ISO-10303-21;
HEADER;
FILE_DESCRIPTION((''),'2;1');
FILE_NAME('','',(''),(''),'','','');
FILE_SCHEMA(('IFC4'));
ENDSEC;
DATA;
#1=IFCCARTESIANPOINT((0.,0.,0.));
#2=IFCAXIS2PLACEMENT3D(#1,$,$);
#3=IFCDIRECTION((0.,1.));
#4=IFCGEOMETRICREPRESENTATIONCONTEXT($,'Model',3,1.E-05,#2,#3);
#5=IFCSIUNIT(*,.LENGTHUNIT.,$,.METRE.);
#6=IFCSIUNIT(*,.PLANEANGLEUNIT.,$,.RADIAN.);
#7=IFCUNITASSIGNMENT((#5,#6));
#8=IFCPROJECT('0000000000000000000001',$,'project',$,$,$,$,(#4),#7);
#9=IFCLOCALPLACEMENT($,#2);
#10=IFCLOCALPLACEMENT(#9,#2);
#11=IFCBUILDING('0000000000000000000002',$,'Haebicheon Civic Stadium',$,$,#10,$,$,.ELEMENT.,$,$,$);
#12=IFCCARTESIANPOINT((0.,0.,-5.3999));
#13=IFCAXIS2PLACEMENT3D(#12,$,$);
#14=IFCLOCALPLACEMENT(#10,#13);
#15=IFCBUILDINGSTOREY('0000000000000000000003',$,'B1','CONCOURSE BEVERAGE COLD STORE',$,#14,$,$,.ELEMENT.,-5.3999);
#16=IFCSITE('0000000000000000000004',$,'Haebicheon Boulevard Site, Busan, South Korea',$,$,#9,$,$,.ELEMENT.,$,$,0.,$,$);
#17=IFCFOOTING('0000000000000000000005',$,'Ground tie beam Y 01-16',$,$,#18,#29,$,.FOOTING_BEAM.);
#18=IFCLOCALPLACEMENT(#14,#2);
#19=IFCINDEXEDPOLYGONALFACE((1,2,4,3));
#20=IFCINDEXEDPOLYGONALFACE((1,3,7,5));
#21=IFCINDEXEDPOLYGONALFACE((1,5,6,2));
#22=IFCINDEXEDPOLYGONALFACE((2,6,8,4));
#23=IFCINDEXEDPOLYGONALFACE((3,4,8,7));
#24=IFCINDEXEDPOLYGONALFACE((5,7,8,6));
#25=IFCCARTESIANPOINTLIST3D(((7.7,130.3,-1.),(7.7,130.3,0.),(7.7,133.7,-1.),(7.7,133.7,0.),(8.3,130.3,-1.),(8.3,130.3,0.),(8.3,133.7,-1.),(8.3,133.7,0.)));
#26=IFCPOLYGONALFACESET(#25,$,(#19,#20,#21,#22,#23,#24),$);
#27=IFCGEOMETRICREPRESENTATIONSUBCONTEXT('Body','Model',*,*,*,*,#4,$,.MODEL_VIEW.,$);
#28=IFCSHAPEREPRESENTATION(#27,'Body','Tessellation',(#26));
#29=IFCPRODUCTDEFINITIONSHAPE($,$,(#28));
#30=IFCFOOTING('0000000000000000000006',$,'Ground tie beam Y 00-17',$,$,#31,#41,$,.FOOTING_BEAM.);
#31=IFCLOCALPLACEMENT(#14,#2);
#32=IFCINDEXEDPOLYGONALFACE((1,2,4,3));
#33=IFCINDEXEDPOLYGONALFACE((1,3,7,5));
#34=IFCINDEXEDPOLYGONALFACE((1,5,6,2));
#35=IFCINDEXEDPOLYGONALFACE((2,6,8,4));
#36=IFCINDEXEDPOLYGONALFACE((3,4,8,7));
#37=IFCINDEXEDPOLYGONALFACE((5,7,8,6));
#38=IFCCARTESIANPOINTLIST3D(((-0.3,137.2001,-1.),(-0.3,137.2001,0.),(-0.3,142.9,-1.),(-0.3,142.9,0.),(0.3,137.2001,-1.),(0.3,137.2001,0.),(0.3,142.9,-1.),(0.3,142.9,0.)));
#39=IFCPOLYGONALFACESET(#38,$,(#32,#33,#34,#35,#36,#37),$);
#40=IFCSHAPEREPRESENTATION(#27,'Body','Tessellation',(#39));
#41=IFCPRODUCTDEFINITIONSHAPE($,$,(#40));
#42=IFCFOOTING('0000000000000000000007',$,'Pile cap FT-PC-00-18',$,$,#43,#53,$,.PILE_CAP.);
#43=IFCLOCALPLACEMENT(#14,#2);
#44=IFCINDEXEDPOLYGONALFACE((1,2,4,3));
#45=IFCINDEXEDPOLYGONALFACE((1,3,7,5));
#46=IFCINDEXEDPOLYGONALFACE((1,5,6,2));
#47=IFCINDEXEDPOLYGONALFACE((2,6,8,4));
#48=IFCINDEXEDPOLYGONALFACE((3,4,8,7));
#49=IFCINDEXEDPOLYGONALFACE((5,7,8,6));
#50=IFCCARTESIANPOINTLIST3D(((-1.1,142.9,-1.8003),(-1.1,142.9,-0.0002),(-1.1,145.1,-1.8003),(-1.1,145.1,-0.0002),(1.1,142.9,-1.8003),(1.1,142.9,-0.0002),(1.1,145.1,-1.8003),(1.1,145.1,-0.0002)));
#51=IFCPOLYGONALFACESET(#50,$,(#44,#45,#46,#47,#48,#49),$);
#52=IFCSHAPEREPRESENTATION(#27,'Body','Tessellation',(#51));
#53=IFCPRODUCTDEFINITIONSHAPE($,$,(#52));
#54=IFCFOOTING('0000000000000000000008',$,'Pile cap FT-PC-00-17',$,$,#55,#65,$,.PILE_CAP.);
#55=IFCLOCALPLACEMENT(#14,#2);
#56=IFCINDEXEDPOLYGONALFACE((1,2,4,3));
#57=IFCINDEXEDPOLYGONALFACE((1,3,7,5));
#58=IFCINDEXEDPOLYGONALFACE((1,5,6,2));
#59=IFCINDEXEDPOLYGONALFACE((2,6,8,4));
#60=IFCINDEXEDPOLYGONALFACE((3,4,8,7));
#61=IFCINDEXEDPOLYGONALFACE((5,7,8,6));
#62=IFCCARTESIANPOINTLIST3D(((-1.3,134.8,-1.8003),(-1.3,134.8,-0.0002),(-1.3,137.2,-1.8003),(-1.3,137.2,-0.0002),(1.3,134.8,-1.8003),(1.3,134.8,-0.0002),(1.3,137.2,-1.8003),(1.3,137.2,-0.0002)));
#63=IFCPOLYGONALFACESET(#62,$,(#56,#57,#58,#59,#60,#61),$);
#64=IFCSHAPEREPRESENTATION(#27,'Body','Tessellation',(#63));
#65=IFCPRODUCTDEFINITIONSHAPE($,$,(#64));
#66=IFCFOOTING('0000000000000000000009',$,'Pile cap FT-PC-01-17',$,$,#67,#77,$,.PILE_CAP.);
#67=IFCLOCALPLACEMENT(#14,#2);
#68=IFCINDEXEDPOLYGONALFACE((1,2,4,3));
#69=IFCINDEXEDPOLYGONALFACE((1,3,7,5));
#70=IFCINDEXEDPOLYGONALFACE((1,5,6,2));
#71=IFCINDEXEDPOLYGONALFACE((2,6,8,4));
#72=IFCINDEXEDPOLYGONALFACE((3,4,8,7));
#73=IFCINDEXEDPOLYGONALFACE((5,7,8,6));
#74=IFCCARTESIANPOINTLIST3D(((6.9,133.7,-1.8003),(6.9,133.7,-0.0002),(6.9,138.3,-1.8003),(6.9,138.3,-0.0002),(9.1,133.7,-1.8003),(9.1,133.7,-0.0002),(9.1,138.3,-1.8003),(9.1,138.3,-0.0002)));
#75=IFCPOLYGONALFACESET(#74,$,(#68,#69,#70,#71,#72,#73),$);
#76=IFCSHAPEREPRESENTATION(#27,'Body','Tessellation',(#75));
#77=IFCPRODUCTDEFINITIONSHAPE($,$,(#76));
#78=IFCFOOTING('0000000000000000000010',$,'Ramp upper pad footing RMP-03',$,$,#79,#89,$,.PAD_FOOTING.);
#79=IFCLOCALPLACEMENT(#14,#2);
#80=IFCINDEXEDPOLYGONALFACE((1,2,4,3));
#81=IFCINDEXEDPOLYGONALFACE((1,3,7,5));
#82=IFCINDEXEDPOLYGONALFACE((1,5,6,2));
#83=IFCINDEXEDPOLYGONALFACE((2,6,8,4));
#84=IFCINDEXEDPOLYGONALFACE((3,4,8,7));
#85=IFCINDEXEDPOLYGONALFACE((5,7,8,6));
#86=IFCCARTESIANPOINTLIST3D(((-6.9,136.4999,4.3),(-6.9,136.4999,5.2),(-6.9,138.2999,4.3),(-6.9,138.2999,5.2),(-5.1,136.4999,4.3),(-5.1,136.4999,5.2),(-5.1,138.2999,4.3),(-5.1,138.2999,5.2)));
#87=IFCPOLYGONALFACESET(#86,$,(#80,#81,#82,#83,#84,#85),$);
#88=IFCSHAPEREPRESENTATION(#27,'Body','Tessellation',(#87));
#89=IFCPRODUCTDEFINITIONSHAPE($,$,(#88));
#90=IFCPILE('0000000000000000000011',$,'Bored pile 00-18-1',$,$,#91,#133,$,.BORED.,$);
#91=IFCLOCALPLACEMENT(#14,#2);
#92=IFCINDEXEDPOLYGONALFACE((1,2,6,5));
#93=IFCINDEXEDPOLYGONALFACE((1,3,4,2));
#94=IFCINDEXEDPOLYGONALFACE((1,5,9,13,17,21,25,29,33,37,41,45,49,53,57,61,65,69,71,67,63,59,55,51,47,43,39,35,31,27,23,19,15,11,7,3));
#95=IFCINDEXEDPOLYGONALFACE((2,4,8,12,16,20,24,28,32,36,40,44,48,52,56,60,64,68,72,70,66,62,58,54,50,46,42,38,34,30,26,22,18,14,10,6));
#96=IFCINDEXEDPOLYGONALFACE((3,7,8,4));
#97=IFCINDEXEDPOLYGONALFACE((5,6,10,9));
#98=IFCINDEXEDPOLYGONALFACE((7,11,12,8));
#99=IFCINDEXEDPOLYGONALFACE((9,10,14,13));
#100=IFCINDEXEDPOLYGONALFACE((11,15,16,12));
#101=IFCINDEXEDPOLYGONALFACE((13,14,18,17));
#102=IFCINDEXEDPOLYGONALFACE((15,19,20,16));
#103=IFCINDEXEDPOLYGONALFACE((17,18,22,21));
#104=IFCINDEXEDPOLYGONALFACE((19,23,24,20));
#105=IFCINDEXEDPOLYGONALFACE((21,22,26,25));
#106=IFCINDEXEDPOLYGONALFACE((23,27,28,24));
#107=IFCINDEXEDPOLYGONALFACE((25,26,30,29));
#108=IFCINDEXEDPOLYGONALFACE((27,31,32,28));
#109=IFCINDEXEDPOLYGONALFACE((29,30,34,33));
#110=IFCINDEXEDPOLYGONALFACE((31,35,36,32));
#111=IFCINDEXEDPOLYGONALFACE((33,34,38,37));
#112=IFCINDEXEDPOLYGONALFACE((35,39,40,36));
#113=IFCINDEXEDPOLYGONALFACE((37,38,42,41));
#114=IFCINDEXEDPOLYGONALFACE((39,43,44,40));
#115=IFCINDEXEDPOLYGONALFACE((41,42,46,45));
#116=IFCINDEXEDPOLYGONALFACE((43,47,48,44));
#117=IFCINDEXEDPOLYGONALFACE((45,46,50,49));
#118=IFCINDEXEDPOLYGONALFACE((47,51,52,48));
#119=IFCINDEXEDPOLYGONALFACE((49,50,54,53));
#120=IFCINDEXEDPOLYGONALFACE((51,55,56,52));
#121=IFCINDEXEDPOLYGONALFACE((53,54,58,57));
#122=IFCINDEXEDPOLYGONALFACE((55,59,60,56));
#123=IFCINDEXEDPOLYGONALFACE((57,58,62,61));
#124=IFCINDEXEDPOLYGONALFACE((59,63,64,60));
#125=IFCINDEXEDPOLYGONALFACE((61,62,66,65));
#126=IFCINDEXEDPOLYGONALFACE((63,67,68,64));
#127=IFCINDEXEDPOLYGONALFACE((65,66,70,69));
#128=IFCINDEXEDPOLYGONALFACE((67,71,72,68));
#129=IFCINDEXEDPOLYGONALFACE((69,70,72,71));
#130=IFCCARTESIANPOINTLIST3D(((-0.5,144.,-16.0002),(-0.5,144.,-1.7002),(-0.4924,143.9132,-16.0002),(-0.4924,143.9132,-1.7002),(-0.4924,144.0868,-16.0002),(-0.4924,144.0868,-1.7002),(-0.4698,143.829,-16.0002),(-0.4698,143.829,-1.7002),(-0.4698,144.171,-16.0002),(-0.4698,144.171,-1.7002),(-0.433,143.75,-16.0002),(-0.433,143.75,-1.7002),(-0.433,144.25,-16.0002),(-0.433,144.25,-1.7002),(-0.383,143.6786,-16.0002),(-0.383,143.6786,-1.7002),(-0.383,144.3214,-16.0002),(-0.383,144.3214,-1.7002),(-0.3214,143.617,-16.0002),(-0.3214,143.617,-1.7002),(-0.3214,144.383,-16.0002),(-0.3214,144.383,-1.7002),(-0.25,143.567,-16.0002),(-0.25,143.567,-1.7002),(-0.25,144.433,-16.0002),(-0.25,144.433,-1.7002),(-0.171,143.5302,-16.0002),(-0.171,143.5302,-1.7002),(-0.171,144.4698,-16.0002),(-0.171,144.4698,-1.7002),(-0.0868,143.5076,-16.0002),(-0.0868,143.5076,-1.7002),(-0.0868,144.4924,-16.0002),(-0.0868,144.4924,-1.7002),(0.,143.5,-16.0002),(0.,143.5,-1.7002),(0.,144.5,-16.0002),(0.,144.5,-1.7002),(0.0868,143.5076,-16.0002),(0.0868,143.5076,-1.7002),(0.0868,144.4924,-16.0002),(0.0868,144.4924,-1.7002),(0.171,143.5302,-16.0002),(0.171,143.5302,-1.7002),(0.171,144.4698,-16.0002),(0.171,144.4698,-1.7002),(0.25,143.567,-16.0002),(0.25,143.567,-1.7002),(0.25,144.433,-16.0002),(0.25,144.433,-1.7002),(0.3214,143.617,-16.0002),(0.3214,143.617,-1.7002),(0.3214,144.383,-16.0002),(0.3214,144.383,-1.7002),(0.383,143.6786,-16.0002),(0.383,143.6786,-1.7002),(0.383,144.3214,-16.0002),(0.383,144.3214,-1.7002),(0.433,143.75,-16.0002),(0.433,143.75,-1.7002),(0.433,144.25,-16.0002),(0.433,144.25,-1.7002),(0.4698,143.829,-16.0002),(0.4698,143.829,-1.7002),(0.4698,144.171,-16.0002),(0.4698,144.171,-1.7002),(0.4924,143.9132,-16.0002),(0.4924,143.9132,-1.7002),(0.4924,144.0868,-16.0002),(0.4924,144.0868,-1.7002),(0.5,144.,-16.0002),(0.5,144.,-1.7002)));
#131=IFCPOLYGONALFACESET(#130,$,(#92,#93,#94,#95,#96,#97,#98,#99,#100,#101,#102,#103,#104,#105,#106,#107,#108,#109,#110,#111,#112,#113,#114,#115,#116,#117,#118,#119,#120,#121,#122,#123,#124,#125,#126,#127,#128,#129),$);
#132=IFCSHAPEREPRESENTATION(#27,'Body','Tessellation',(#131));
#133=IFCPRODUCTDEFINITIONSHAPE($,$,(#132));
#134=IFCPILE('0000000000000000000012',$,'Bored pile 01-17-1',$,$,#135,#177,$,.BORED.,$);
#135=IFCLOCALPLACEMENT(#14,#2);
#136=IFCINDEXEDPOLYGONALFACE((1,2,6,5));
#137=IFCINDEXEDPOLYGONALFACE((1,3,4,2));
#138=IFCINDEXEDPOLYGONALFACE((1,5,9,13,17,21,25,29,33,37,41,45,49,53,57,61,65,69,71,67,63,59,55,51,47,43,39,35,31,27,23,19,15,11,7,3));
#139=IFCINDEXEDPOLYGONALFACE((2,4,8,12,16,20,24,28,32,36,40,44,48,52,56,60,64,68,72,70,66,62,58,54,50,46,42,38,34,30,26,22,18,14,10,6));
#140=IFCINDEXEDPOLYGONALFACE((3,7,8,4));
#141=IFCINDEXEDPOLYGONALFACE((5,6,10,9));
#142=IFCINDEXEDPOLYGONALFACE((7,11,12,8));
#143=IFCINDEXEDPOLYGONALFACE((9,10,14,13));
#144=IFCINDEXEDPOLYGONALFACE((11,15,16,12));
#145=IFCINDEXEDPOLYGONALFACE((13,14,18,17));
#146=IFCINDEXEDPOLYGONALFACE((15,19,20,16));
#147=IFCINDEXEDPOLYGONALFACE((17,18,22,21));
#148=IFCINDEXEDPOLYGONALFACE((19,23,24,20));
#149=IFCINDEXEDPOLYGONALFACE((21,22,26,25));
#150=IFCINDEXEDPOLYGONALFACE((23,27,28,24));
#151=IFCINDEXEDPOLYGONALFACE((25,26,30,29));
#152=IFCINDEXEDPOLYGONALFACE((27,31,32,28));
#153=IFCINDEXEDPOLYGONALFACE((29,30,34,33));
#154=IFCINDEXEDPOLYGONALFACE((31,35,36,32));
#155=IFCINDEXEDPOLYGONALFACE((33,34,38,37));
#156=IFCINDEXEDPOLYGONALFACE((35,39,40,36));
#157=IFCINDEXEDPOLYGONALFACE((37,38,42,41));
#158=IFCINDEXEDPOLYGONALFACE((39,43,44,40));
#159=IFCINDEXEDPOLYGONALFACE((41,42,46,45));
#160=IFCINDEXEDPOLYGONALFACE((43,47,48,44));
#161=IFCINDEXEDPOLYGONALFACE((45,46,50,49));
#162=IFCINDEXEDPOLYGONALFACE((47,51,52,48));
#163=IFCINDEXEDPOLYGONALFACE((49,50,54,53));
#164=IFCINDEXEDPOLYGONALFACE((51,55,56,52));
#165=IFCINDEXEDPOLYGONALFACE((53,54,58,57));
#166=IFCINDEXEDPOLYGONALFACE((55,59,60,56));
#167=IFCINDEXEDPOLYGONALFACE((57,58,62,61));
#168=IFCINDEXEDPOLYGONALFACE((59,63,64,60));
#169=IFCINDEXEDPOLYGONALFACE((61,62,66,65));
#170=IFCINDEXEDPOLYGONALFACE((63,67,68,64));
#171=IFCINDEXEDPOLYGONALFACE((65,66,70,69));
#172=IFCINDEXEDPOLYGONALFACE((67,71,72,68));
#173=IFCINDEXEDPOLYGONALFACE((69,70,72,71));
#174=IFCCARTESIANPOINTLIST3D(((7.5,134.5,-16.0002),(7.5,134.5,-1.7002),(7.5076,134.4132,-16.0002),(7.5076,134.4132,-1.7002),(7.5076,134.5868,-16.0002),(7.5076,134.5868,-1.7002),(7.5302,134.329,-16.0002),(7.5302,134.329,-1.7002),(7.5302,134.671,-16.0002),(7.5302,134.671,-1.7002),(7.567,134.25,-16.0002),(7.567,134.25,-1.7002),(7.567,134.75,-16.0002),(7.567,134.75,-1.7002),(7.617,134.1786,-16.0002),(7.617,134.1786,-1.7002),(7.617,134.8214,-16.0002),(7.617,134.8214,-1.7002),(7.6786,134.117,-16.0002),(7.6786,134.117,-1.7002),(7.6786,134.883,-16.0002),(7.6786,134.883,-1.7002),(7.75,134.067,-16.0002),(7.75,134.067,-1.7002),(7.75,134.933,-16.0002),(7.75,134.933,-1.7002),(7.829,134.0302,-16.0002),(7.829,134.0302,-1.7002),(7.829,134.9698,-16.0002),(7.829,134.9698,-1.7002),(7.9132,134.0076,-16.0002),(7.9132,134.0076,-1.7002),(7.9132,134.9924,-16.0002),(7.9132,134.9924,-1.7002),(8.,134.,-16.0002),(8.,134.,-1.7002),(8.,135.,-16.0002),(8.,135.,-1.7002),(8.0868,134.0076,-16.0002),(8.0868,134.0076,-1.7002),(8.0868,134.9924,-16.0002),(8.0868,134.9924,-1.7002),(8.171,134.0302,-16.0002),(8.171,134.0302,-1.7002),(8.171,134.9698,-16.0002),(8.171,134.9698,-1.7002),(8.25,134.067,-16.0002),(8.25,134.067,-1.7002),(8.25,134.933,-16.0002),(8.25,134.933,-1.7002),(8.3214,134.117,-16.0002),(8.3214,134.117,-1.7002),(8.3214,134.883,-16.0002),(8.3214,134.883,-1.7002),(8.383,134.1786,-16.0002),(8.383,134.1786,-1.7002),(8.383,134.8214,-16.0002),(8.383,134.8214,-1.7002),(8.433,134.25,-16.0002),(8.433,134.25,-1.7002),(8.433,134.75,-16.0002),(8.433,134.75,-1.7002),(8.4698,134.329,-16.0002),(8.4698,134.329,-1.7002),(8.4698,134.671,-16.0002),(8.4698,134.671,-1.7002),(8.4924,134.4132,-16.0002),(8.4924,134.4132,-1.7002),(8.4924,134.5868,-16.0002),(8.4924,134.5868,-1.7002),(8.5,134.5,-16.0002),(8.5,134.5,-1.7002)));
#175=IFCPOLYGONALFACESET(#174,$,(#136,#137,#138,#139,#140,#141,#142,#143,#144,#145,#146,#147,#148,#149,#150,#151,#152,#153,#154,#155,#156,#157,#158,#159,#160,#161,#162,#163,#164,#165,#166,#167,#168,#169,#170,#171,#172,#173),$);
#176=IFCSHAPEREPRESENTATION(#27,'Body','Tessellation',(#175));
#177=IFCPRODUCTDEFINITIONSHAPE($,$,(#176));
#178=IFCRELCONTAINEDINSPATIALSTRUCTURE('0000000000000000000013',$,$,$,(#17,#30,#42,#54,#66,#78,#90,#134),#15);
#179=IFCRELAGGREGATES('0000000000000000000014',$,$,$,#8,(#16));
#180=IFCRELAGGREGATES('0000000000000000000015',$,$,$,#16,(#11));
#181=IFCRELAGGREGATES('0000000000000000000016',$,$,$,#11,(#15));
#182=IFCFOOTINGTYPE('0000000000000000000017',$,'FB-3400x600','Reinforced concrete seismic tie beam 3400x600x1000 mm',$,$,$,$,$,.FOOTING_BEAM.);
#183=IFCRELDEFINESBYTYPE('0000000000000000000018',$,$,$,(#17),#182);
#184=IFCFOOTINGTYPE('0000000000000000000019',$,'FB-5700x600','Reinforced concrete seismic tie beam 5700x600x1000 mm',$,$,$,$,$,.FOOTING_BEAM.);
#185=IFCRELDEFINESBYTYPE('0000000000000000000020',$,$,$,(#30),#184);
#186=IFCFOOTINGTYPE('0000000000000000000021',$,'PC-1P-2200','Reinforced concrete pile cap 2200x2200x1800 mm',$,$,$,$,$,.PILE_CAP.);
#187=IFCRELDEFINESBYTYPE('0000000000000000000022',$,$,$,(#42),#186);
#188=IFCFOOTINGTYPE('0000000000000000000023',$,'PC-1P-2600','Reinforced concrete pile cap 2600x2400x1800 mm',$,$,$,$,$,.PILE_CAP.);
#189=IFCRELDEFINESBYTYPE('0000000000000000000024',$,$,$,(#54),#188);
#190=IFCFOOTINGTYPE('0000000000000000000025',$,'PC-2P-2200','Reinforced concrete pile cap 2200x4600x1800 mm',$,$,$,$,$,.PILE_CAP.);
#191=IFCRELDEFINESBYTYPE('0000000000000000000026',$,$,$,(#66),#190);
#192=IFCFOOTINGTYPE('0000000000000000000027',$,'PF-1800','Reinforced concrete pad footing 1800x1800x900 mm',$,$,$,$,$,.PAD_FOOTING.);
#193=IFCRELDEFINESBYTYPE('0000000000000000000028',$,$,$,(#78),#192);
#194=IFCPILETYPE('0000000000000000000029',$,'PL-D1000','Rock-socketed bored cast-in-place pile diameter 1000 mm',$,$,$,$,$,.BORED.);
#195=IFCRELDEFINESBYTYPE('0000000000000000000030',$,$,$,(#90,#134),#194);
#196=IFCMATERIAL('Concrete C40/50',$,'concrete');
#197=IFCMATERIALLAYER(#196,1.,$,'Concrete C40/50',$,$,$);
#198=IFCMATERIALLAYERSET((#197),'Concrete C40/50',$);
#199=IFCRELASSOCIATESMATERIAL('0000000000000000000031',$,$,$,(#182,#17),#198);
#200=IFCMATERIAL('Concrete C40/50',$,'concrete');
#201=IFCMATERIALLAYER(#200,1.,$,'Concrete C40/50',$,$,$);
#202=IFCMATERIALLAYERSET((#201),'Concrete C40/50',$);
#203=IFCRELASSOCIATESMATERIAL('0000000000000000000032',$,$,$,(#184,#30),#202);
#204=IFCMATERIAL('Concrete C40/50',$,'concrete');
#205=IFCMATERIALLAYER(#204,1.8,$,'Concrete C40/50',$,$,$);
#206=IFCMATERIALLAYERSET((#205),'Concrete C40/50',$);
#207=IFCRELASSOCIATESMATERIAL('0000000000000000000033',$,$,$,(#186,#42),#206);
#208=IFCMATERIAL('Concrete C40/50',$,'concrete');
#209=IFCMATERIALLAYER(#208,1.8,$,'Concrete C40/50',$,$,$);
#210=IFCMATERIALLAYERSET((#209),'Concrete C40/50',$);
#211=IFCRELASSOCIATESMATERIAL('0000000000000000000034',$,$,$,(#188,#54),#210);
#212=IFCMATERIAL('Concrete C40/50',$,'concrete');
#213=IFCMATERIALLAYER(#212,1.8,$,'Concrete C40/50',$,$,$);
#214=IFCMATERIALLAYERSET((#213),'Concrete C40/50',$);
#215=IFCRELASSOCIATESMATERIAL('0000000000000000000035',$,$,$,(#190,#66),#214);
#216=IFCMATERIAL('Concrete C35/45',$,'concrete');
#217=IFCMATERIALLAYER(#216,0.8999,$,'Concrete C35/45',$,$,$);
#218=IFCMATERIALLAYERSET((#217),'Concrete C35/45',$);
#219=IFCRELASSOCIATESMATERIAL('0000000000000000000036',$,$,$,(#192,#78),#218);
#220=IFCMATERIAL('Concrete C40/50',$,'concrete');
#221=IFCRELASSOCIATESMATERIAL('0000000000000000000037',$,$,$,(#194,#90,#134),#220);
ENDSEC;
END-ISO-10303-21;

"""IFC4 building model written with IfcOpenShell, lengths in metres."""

from ifc_helpers import new_model, si_unit, direction, frame, origin, origin_2d, place, context, subcontext, project, spatial, rectangle, circle, extrude, material, layer, layer_set, material_profile, profile_set, type_object, element, save


model = new_model("IFC4")

# Units and contexts
model_context = context("Model", 3, precision=1e-05, world=origin(), true_north=direction((0.0, 1.0)))
body_context = subcontext(model_context, "Body", "Model", "MODEL_VIEW")
ifc_project = project(units=[si_unit("LENGTHUNIT", "METRE"), si_unit("PLANEANGLEUNIT", "RADIAN")], contexts=[model_context])

# Site, building, storey
site_placement = place(None, origin())
site = spatial("IfcSite", under=ifc_project, at=site_placement, Name="Haebicheon Boulevard Site, Busan, South Korea", CompositionType="ELEMENT", RefElevation=0.0)
building_placement = place(site_placement, origin())
building = spatial("IfcBuilding", under=site, at=building_placement, Name="Haebicheon Civic Stadium", CompositionType="ELEMENT")
storey_placement = place(building_placement, frame((0.0, 0.0, -5.3999)))
storey = spatial("IfcBuildingStorey", under=building, at=storey_placement, Name="B1", Description="CONCOURSE BEVERAGE COLD STORE", CompositionType="ELEMENT", Elevation=-5.3999)

# Footings
ifc_material_1 = material(Name="Concrete C40/50", Category="concrete")
ifc_layer_1 = layer(ifc_material_1, 1.0, Name="Concrete C40/50")
ifc_layer_set_1 = layer_set([ifc_layer_1], Name="Concrete C40/50")
footing_type_1 = type_object("IfcFootingType", Name="FB-3400x600", Description="Reinforced concrete seismic tie beam 3400x600x1000 mm", PredefinedType="FOOTING_BEAM", material=ifc_layer_set_1)
footing_1_placement = place(storey_placement, frame((8.0, 132.0, -1.0), z_axis=(0.0, 0.0, 1.0), x_axis=(0.0, 1.0, 0.0)))
element("IfcFooting", 1, at=footing_1_placement, inside=storey, type_object=footing_type_1, material=ifc_layer_set_1, Name="Ground tie beam Y 01-16", PredefinedType="FOOTING_BEAM", context=body_context, shape_type="SweptSolid", body=[
    extrude(rectangle(XDim=3.3999, YDim=0.6001, at=origin_2d()), origin(), (0.0, 0.0, 1.0), 1.0),
])
ifc_material_2 = material(Name="Concrete C40/50", Category="concrete")
ifc_layer_2 = layer(ifc_material_2, 1.0, Name="Concrete C40/50")
ifc_layer_set_2 = layer_set([ifc_layer_2], Name="Concrete C40/50")
footing_type_2 = type_object("IfcFootingType", Name="FB-5700x600", Description="Reinforced concrete seismic tie beam 5700x600x1000 mm", PredefinedType="FOOTING_BEAM", material=ifc_layer_set_2)
footing_2_placement = place(storey_placement, frame((0.0, 140.05, -1.0), z_axis=(0.0, 0.0, 1.0), x_axis=(0.0, 1.0, 0.0)))
element("IfcFooting", 2, at=footing_2_placement, inside=storey, type_object=footing_type_2, material=ifc_layer_set_2, Name="Ground tie beam Y 00-17", PredefinedType="FOOTING_BEAM", context=body_context, shape_type="SweptSolid", body=[
    extrude(rectangle(XDim=5.7, YDim=0.6001, at=origin_2d()), origin(), (0.0, 0.0, 1.0), 1.0),
])
ifc_material_3 = material(Name="Concrete C40/50", Category="concrete")
ifc_layer_3 = layer(ifc_material_3, 1.8, Name="Concrete C40/50")
ifc_layer_set_3 = layer_set([ifc_layer_3], Name="Concrete C40/50")
footing_type_3 = type_object("IfcFootingType", Name="PC-1P-2200", Description="Reinforced concrete pile cap 2200x2200x1800 mm", PredefinedType="PILE_CAP", material=ifc_layer_set_3)
footing_3_placement = place(storey_placement, frame((0.0, 144.0, -1.8003), z_axis=(0.0, 0.0, 1.0), x_axis=(1.0, 0.0, 0.0)))
element("IfcFooting", 3, at=footing_3_placement, inside=storey, type_object=footing_type_3, material=ifc_layer_set_3, Name="Pile cap FT-PC-00-18", PredefinedType="PILE_CAP", context=body_context, shape_type="SweptSolid", body=[
    extrude(rectangle(XDim=2.2, YDim=2.2, at=origin_2d()), origin(), (0.0, 0.0, 1.0), 1.8),
])
ifc_material_4 = material(Name="Concrete C40/50", Category="concrete")
ifc_layer_4 = layer(ifc_material_4, 1.8, Name="Concrete C40/50")
ifc_layer_set_4 = layer_set([ifc_layer_4], Name="Concrete C40/50")
footing_type_4 = type_object("IfcFootingType", Name="PC-1P-2600", Description="Reinforced concrete pile cap 2600x2400x1800 mm", PredefinedType="PILE_CAP", material=ifc_layer_set_4)
footing_4_placement = place(storey_placement, frame((0.0, 136.0, -1.8003), z_axis=(0.0, 0.0, 1.0), x_axis=(1.0, 0.0, 0.0)))
element("IfcFooting", 4, at=footing_4_placement, inside=storey, type_object=footing_type_4, material=ifc_layer_set_4, Name="Pile cap FT-PC-00-17", PredefinedType="PILE_CAP", context=body_context, shape_type="SweptSolid", body=[
    extrude(rectangle(XDim=2.6001, YDim=2.3999, at=origin_2d()), origin(), (0.0, 0.0, 1.0), 1.8),
])
ifc_material_5 = material(Name="Concrete C40/50", Category="concrete")
ifc_layer_5 = layer(ifc_material_5, 1.8, Name="Concrete C40/50")
ifc_layer_set_5 = layer_set([ifc_layer_5], Name="Concrete C40/50")
footing_type_5 = type_object("IfcFootingType", Name="PC-2P-2200", Description="Reinforced concrete pile cap 2200x4600x1800 mm", PredefinedType="PILE_CAP", material=ifc_layer_set_5)
footing_5_placement = place(storey_placement, frame((8.0, 136.0, -1.8003), z_axis=(0.0, 0.0, 1.0), x_axis=(1.0, 0.0, 0.0)))
element("IfcFooting", 5, at=footing_5_placement, inside=storey, type_object=footing_type_5, material=ifc_layer_set_5, Name="Pile cap FT-PC-01-17", PredefinedType="PILE_CAP", context=body_context, shape_type="SweptSolid", body=[
    extrude(rectangle(XDim=2.2, YDim=4.6001, at=origin_2d()), origin(), (0.0, 0.0, 1.0), 1.8),
])
ifc_material_6 = material(Name="Concrete C35/45", Category="concrete")
ifc_layer_6 = layer(ifc_material_6, 0.8999, Name="Concrete C35/45")
ifc_layer_set_6 = layer_set([ifc_layer_6], Name="Concrete C35/45")
footing_type_6 = type_object("IfcFootingType", Name="PF-1800", Description="Reinforced concrete pad footing 1800x1800x900 mm", PredefinedType="PAD_FOOTING", material=ifc_layer_set_6)
footing_6_placement = place(storey_placement, frame((-6.0, 137.3999, 4.3), z_axis=(0.0, 0.0, 1.0), x_axis=(1.0, 0.0, 0.0)))
element("IfcFooting", 6, at=footing_6_placement, inside=storey, type_object=footing_type_6, material=ifc_layer_set_6, Name="Ramp upper pad footing RMP-03", PredefinedType="PAD_FOOTING", context=body_context, shape_type="SweptSolid", body=[
    extrude(rectangle(XDim=1.8, YDim=1.8, at=origin_2d()), origin(), (0.0, 0.0, 1.0), 0.8999),
])

# Piles
ifc_material_7 = material(Name="Concrete C40/50", Category="concrete")
ifc_material_profile_1 = material_profile(ifc_material_7, circle(Radius=0.5, at=origin_2d()), Name="PILE-D1000")
ifc_profile_set_1 = profile_set([ifc_material_profile_1], Name="Concrete C40/50")
pile_type_1 = type_object("IfcPileType", Name="PL-D1000", Description="Rock-socketed bored cast-in-place pile diameter 1000 mm", PredefinedType="BORED", material=ifc_profile_set_1)
for number, where, z_axis, x_axis, name in (
    (7, (0.0, 144.0, -1.7002), (0.0, 0.0, -1.0), (1.0, 0.0, 0.0), "Bored pile 00-18-1"),
    (8, (8.0, 134.5, -1.7002), (0.0, 0.0, -1.0), (1.0, 0.0, 0.0), "Bored pile 01-17-1"),
):
    element("IfcPile", number, at=place(storey_placement, frame(where, z_axis=z_axis, x_axis=x_axis)), inside=storey, type_object=pile_type_1, material=ifc_profile_set_1, Name=name, PredefinedType="BORED", context=body_context, shape_type="SweptSolid", body=[
        extrude(circle(Radius=0.5, at=origin_2d()), origin(), (0.0, 0.0, 1.0), 14.3),
    ])

save(model, "model.ifc")
